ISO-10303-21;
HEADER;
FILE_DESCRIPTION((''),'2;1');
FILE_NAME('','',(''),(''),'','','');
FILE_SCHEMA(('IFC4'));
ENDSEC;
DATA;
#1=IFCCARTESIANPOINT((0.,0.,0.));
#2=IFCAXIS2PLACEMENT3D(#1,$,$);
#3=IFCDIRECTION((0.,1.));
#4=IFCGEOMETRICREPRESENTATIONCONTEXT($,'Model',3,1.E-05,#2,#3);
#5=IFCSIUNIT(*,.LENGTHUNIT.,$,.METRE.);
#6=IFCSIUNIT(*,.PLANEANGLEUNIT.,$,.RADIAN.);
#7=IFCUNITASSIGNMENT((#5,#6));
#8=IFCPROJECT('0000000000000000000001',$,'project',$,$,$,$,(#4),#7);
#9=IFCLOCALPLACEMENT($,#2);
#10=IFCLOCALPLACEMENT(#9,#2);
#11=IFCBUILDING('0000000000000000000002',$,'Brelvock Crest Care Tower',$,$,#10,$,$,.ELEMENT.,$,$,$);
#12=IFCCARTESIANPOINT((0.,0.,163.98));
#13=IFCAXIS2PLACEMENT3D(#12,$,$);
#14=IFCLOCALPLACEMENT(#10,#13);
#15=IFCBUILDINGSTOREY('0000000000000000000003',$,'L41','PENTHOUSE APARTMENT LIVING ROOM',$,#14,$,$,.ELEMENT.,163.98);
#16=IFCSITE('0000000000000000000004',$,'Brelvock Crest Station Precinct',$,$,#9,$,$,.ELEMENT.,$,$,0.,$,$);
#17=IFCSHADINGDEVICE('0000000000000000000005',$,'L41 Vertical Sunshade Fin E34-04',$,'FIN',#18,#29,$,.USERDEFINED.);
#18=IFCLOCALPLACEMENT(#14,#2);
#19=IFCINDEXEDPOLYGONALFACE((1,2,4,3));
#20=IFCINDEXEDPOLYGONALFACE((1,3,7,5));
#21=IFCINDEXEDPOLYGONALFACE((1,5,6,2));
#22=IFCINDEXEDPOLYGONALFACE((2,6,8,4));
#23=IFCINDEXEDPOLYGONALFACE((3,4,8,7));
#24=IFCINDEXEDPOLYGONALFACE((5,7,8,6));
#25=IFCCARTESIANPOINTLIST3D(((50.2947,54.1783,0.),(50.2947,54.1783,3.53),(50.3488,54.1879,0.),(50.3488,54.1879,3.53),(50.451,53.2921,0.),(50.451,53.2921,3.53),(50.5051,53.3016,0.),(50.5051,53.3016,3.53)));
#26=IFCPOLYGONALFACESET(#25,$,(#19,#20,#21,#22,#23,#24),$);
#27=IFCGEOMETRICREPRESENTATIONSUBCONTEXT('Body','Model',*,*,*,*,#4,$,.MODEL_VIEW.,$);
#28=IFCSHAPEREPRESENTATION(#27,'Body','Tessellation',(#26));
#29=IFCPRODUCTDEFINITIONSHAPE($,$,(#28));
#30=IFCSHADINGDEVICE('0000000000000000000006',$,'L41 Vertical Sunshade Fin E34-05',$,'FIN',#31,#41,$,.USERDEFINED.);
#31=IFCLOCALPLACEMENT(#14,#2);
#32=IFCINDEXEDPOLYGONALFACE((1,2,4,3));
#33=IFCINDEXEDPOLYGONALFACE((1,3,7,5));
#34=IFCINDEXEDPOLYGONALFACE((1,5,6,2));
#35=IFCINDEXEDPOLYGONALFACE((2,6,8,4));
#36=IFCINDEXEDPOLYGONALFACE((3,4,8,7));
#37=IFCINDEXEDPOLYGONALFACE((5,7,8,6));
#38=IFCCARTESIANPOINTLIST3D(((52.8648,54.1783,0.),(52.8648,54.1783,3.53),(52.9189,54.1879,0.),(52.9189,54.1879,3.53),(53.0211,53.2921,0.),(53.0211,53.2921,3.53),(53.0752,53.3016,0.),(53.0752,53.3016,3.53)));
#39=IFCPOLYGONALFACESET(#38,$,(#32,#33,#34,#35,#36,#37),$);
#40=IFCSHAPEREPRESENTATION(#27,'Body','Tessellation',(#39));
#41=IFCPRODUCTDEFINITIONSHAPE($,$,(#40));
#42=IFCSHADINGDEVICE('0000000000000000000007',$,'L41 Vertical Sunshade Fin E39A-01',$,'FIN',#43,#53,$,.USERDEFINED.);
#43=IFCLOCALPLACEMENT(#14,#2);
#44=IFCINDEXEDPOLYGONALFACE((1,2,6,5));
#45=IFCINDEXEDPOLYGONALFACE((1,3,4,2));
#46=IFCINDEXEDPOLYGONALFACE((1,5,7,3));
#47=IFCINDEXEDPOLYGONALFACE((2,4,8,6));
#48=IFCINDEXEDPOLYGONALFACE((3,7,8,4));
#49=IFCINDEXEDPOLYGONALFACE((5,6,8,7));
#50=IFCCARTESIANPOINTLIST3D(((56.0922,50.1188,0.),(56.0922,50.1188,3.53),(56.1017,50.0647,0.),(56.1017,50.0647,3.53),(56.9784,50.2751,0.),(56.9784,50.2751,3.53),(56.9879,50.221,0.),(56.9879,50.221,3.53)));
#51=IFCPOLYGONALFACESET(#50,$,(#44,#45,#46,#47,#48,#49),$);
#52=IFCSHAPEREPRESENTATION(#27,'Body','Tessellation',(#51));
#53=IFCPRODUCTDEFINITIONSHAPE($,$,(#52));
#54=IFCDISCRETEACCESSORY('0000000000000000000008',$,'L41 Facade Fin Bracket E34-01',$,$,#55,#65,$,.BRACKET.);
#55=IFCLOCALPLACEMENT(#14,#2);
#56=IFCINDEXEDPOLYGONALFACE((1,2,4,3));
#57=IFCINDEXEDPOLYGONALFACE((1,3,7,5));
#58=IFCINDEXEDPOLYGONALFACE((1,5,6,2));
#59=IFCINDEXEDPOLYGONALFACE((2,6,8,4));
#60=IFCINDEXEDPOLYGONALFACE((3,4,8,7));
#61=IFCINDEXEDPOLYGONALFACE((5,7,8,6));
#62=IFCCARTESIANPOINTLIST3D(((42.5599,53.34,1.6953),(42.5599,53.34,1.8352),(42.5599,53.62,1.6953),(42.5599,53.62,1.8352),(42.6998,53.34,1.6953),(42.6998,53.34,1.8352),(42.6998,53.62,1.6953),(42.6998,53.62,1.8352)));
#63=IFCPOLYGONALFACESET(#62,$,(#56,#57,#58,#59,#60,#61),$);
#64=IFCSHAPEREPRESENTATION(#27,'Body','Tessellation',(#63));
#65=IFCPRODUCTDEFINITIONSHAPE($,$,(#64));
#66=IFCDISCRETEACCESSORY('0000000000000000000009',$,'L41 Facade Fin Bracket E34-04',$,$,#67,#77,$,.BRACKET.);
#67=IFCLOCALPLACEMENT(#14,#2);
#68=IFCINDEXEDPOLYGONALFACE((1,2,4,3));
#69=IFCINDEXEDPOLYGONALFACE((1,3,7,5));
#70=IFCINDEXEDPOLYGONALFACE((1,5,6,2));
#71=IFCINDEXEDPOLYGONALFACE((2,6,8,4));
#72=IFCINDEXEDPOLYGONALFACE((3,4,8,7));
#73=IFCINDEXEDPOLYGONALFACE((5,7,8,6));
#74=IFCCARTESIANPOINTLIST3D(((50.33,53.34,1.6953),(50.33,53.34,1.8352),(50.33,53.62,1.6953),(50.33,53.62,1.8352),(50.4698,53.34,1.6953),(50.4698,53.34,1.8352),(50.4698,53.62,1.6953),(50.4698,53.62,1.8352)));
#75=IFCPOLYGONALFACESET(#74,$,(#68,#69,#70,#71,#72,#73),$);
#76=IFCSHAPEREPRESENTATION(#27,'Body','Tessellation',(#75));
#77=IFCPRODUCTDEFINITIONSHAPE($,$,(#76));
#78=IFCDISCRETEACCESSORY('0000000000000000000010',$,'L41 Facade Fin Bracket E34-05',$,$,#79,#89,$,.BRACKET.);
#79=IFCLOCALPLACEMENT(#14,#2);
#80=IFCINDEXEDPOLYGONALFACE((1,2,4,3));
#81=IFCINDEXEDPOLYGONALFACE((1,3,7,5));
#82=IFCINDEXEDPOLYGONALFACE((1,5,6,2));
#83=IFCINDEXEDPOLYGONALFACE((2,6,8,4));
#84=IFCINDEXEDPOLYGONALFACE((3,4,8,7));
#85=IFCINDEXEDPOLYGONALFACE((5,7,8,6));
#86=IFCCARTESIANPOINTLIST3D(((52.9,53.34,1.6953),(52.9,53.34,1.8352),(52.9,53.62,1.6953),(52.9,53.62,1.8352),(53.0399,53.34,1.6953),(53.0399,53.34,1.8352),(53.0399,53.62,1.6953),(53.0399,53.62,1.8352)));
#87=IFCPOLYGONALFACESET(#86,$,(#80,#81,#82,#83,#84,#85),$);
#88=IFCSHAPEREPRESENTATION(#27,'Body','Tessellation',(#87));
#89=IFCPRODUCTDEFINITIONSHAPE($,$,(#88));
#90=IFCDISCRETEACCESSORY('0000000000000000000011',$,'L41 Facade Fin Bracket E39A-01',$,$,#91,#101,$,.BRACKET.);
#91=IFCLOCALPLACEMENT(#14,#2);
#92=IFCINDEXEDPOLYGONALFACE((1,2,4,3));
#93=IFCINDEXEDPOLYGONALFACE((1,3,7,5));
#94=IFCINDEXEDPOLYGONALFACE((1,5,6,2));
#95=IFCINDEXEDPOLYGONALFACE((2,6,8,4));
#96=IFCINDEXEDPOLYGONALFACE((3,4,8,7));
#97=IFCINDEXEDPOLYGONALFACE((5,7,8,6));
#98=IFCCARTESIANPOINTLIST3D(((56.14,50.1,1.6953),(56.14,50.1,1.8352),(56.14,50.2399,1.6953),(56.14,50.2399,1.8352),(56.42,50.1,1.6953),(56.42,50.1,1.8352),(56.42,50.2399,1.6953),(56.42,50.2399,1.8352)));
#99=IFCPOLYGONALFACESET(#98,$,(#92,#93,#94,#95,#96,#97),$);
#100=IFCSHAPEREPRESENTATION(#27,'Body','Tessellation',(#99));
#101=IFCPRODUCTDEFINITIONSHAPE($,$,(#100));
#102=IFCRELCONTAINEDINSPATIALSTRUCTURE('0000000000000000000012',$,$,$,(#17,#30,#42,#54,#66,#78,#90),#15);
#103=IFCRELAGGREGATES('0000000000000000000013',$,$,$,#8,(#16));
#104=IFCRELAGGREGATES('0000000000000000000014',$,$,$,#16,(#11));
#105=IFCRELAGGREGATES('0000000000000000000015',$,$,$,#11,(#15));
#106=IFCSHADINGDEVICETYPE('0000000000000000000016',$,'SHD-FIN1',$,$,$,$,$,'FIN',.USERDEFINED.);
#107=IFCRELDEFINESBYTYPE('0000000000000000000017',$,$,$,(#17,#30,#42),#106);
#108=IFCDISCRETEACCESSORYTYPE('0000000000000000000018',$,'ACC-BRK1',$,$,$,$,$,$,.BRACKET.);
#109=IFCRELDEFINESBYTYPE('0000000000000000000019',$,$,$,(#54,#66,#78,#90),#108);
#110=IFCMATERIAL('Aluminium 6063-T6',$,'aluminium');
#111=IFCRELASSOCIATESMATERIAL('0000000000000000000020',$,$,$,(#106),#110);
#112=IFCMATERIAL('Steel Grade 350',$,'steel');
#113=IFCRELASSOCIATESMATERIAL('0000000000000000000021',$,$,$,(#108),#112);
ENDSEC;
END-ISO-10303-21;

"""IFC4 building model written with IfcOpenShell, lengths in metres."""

from ifc_helpers import new_model, si_unit, direction, frame, origin, origin_2d, place, context, subcontext, project, spatial, rectangle, extrude, source, transform, mapped, material, material_profile, profile_set, type_object, element, save


model = new_model("IFC4")

# Units and contexts
model_context = context("Model", 3, precision=1e-05, world=origin(), true_north=direction((0.0, 1.0)))
body_context = subcontext(model_context, "Body", "Model", "MODEL_VIEW")
ifc_project = project(units=[si_unit("LENGTHUNIT", "METRE"), si_unit("PLANEANGLEUNIT", "RADIAN")], contexts=[model_context])

# Site, building, storey
site_placement = place(None, origin())
site = spatial("IfcSite", under=ifc_project, at=site_placement, Name="Brelvock Crest Station Precinct", CompositionType="ELEMENT", RefElevation=0.0)
building_placement = place(site_placement, origin())
building = spatial("IfcBuilding", under=site, at=building_placement, Name="Brelvock Crest Care Tower", CompositionType="ELEMENT")
storey_placement = place(building_placement, frame((0.0, 0.0, 163.98)))
storey = spatial("IfcBuildingStorey", under=building, at=storey_placement, Name="L41", Description="PENTHOUSE APARTMENT LIVING ROOM", CompositionType="ELEMENT", Elevation=163.98)

# Shared definitions
ifc_material_1 = material(Name="Aluminium 6063-T6", Category="aluminium")

# Shading devices
ifc_material_profile_1 = material_profile(ifc_material_1, rectangle(XDim=0.0549, YDim=0.8999, at=origin_2d()), Name="FIN55x900")
ifc_profile_set_1 = profile_set([ifc_material_profile_1], Name="Aluminium 6063-T6")
shading_device_type = type_object("IfcShadingDeviceType", Name="SHD-FIN1", ElementType="FIN", PredefinedType="USERDEFINED", material=ifc_profile_set_1)
shared_shape_1 = source(origin(), body_context, "Body", "SweptSolid", [
    extrude(rectangle(XDim=0.0549, YDim=0.8999, at=origin_2d()), origin(), (0.0, 0.0, 1.0), 3.53),
])
for number, where, z_axis, x_axis, name in (
    (1, (50.3999, 53.74, 0.0), (0.0, 0.0, 1.0), (0.984808, 0.173648, 0.0), "L41 Vertical Sunshade Fin E34-04"),
    (2, (52.97, 53.74, 0.0), (0.0, 0.0, 1.0), (0.984808, 0.173648, 0.0), "L41 Vertical Sunshade Fin E34-05"),
    (3, (56.54, 50.1699, 0.0), (0.0, 0.0, 1.0), (0.173648, -0.984808, 0.0), "L41 Vertical Sunshade Fin E39A-01"),
):
    element("IfcShadingDevice", number, at=place(storey_placement, frame(where, z_axis=z_axis, x_axis=x_axis)), inside=storey, type_object=shading_device_type, Name=name, ObjectType="FIN", PredefinedType="USERDEFINED", context=body_context, shape_type="MappedRepresentation", body=[
        mapped(shared_shape_1, transform((0.0, 0.0, 0.0), x_axis=(1.0, 0.0, 0.0), y_axis=(0.0, 1.0, 0.0), z_axis=(0.0, 0.0, 1.0), scale=1.0)),
    ])

# Discrete accessories
ifc_material_2 = material(Name="Steel Grade 350", Category="steel")
discrete_accessory_type = type_object("IfcDiscreteAccessoryType", Name="ACC-BRK1", PredefinedType="BRACKET", material=ifc_material_2)
shared_shape_2 = source(origin(), body_context, "Body", "SweptSolid", [
    extrude(rectangle(XDim=0.28, YDim=0.1399, at=origin_2d()), origin(), (0.0, 0.0, 1.0), 0.1399),
])
for number, where, z_axis, x_axis, name in (
    (4, (42.6299, 53.48, 1.6953), (0.0, 0.0, 1.0), (0.0, 1.0, 0.0), "L41 Facade Fin Bracket E34-01"),
    (5, (50.3999, 53.48, 1.6953), (0.0, 0.0, 1.0), (0.0, 1.0, 0.0), "L41 Facade Fin Bracket E34-04"),
    (6, (52.97, 53.48, 1.6953), (0.0, 0.0, 1.0), (0.0, 1.0, 0.0), "L41 Facade Fin Bracket E34-05"),
    (7, (56.28, 50.1699, 1.6953), (0.0, 0.0, 1.0), (1.0, 0.0, 0.0), "L41 Facade Fin Bracket E39A-01"),
):
    element("IfcDiscreteAccessory", number, at=place(storey_placement, frame(where, z_axis=z_axis, x_axis=x_axis)), inside=storey, type_object=discrete_accessory_type, Name=name, PredefinedType="BRACKET", context=body_context, shape_type="MappedRepresentation", body=[
        mapped(shared_shape_2, transform((0.0, 0.0, 0.0), x_axis=(1.0, 0.0, 0.0), y_axis=(0.0, 1.0, 0.0), z_axis=(0.0, 0.0, 1.0), scale=1.0)),
    ])

save(model, "model.ifc")
